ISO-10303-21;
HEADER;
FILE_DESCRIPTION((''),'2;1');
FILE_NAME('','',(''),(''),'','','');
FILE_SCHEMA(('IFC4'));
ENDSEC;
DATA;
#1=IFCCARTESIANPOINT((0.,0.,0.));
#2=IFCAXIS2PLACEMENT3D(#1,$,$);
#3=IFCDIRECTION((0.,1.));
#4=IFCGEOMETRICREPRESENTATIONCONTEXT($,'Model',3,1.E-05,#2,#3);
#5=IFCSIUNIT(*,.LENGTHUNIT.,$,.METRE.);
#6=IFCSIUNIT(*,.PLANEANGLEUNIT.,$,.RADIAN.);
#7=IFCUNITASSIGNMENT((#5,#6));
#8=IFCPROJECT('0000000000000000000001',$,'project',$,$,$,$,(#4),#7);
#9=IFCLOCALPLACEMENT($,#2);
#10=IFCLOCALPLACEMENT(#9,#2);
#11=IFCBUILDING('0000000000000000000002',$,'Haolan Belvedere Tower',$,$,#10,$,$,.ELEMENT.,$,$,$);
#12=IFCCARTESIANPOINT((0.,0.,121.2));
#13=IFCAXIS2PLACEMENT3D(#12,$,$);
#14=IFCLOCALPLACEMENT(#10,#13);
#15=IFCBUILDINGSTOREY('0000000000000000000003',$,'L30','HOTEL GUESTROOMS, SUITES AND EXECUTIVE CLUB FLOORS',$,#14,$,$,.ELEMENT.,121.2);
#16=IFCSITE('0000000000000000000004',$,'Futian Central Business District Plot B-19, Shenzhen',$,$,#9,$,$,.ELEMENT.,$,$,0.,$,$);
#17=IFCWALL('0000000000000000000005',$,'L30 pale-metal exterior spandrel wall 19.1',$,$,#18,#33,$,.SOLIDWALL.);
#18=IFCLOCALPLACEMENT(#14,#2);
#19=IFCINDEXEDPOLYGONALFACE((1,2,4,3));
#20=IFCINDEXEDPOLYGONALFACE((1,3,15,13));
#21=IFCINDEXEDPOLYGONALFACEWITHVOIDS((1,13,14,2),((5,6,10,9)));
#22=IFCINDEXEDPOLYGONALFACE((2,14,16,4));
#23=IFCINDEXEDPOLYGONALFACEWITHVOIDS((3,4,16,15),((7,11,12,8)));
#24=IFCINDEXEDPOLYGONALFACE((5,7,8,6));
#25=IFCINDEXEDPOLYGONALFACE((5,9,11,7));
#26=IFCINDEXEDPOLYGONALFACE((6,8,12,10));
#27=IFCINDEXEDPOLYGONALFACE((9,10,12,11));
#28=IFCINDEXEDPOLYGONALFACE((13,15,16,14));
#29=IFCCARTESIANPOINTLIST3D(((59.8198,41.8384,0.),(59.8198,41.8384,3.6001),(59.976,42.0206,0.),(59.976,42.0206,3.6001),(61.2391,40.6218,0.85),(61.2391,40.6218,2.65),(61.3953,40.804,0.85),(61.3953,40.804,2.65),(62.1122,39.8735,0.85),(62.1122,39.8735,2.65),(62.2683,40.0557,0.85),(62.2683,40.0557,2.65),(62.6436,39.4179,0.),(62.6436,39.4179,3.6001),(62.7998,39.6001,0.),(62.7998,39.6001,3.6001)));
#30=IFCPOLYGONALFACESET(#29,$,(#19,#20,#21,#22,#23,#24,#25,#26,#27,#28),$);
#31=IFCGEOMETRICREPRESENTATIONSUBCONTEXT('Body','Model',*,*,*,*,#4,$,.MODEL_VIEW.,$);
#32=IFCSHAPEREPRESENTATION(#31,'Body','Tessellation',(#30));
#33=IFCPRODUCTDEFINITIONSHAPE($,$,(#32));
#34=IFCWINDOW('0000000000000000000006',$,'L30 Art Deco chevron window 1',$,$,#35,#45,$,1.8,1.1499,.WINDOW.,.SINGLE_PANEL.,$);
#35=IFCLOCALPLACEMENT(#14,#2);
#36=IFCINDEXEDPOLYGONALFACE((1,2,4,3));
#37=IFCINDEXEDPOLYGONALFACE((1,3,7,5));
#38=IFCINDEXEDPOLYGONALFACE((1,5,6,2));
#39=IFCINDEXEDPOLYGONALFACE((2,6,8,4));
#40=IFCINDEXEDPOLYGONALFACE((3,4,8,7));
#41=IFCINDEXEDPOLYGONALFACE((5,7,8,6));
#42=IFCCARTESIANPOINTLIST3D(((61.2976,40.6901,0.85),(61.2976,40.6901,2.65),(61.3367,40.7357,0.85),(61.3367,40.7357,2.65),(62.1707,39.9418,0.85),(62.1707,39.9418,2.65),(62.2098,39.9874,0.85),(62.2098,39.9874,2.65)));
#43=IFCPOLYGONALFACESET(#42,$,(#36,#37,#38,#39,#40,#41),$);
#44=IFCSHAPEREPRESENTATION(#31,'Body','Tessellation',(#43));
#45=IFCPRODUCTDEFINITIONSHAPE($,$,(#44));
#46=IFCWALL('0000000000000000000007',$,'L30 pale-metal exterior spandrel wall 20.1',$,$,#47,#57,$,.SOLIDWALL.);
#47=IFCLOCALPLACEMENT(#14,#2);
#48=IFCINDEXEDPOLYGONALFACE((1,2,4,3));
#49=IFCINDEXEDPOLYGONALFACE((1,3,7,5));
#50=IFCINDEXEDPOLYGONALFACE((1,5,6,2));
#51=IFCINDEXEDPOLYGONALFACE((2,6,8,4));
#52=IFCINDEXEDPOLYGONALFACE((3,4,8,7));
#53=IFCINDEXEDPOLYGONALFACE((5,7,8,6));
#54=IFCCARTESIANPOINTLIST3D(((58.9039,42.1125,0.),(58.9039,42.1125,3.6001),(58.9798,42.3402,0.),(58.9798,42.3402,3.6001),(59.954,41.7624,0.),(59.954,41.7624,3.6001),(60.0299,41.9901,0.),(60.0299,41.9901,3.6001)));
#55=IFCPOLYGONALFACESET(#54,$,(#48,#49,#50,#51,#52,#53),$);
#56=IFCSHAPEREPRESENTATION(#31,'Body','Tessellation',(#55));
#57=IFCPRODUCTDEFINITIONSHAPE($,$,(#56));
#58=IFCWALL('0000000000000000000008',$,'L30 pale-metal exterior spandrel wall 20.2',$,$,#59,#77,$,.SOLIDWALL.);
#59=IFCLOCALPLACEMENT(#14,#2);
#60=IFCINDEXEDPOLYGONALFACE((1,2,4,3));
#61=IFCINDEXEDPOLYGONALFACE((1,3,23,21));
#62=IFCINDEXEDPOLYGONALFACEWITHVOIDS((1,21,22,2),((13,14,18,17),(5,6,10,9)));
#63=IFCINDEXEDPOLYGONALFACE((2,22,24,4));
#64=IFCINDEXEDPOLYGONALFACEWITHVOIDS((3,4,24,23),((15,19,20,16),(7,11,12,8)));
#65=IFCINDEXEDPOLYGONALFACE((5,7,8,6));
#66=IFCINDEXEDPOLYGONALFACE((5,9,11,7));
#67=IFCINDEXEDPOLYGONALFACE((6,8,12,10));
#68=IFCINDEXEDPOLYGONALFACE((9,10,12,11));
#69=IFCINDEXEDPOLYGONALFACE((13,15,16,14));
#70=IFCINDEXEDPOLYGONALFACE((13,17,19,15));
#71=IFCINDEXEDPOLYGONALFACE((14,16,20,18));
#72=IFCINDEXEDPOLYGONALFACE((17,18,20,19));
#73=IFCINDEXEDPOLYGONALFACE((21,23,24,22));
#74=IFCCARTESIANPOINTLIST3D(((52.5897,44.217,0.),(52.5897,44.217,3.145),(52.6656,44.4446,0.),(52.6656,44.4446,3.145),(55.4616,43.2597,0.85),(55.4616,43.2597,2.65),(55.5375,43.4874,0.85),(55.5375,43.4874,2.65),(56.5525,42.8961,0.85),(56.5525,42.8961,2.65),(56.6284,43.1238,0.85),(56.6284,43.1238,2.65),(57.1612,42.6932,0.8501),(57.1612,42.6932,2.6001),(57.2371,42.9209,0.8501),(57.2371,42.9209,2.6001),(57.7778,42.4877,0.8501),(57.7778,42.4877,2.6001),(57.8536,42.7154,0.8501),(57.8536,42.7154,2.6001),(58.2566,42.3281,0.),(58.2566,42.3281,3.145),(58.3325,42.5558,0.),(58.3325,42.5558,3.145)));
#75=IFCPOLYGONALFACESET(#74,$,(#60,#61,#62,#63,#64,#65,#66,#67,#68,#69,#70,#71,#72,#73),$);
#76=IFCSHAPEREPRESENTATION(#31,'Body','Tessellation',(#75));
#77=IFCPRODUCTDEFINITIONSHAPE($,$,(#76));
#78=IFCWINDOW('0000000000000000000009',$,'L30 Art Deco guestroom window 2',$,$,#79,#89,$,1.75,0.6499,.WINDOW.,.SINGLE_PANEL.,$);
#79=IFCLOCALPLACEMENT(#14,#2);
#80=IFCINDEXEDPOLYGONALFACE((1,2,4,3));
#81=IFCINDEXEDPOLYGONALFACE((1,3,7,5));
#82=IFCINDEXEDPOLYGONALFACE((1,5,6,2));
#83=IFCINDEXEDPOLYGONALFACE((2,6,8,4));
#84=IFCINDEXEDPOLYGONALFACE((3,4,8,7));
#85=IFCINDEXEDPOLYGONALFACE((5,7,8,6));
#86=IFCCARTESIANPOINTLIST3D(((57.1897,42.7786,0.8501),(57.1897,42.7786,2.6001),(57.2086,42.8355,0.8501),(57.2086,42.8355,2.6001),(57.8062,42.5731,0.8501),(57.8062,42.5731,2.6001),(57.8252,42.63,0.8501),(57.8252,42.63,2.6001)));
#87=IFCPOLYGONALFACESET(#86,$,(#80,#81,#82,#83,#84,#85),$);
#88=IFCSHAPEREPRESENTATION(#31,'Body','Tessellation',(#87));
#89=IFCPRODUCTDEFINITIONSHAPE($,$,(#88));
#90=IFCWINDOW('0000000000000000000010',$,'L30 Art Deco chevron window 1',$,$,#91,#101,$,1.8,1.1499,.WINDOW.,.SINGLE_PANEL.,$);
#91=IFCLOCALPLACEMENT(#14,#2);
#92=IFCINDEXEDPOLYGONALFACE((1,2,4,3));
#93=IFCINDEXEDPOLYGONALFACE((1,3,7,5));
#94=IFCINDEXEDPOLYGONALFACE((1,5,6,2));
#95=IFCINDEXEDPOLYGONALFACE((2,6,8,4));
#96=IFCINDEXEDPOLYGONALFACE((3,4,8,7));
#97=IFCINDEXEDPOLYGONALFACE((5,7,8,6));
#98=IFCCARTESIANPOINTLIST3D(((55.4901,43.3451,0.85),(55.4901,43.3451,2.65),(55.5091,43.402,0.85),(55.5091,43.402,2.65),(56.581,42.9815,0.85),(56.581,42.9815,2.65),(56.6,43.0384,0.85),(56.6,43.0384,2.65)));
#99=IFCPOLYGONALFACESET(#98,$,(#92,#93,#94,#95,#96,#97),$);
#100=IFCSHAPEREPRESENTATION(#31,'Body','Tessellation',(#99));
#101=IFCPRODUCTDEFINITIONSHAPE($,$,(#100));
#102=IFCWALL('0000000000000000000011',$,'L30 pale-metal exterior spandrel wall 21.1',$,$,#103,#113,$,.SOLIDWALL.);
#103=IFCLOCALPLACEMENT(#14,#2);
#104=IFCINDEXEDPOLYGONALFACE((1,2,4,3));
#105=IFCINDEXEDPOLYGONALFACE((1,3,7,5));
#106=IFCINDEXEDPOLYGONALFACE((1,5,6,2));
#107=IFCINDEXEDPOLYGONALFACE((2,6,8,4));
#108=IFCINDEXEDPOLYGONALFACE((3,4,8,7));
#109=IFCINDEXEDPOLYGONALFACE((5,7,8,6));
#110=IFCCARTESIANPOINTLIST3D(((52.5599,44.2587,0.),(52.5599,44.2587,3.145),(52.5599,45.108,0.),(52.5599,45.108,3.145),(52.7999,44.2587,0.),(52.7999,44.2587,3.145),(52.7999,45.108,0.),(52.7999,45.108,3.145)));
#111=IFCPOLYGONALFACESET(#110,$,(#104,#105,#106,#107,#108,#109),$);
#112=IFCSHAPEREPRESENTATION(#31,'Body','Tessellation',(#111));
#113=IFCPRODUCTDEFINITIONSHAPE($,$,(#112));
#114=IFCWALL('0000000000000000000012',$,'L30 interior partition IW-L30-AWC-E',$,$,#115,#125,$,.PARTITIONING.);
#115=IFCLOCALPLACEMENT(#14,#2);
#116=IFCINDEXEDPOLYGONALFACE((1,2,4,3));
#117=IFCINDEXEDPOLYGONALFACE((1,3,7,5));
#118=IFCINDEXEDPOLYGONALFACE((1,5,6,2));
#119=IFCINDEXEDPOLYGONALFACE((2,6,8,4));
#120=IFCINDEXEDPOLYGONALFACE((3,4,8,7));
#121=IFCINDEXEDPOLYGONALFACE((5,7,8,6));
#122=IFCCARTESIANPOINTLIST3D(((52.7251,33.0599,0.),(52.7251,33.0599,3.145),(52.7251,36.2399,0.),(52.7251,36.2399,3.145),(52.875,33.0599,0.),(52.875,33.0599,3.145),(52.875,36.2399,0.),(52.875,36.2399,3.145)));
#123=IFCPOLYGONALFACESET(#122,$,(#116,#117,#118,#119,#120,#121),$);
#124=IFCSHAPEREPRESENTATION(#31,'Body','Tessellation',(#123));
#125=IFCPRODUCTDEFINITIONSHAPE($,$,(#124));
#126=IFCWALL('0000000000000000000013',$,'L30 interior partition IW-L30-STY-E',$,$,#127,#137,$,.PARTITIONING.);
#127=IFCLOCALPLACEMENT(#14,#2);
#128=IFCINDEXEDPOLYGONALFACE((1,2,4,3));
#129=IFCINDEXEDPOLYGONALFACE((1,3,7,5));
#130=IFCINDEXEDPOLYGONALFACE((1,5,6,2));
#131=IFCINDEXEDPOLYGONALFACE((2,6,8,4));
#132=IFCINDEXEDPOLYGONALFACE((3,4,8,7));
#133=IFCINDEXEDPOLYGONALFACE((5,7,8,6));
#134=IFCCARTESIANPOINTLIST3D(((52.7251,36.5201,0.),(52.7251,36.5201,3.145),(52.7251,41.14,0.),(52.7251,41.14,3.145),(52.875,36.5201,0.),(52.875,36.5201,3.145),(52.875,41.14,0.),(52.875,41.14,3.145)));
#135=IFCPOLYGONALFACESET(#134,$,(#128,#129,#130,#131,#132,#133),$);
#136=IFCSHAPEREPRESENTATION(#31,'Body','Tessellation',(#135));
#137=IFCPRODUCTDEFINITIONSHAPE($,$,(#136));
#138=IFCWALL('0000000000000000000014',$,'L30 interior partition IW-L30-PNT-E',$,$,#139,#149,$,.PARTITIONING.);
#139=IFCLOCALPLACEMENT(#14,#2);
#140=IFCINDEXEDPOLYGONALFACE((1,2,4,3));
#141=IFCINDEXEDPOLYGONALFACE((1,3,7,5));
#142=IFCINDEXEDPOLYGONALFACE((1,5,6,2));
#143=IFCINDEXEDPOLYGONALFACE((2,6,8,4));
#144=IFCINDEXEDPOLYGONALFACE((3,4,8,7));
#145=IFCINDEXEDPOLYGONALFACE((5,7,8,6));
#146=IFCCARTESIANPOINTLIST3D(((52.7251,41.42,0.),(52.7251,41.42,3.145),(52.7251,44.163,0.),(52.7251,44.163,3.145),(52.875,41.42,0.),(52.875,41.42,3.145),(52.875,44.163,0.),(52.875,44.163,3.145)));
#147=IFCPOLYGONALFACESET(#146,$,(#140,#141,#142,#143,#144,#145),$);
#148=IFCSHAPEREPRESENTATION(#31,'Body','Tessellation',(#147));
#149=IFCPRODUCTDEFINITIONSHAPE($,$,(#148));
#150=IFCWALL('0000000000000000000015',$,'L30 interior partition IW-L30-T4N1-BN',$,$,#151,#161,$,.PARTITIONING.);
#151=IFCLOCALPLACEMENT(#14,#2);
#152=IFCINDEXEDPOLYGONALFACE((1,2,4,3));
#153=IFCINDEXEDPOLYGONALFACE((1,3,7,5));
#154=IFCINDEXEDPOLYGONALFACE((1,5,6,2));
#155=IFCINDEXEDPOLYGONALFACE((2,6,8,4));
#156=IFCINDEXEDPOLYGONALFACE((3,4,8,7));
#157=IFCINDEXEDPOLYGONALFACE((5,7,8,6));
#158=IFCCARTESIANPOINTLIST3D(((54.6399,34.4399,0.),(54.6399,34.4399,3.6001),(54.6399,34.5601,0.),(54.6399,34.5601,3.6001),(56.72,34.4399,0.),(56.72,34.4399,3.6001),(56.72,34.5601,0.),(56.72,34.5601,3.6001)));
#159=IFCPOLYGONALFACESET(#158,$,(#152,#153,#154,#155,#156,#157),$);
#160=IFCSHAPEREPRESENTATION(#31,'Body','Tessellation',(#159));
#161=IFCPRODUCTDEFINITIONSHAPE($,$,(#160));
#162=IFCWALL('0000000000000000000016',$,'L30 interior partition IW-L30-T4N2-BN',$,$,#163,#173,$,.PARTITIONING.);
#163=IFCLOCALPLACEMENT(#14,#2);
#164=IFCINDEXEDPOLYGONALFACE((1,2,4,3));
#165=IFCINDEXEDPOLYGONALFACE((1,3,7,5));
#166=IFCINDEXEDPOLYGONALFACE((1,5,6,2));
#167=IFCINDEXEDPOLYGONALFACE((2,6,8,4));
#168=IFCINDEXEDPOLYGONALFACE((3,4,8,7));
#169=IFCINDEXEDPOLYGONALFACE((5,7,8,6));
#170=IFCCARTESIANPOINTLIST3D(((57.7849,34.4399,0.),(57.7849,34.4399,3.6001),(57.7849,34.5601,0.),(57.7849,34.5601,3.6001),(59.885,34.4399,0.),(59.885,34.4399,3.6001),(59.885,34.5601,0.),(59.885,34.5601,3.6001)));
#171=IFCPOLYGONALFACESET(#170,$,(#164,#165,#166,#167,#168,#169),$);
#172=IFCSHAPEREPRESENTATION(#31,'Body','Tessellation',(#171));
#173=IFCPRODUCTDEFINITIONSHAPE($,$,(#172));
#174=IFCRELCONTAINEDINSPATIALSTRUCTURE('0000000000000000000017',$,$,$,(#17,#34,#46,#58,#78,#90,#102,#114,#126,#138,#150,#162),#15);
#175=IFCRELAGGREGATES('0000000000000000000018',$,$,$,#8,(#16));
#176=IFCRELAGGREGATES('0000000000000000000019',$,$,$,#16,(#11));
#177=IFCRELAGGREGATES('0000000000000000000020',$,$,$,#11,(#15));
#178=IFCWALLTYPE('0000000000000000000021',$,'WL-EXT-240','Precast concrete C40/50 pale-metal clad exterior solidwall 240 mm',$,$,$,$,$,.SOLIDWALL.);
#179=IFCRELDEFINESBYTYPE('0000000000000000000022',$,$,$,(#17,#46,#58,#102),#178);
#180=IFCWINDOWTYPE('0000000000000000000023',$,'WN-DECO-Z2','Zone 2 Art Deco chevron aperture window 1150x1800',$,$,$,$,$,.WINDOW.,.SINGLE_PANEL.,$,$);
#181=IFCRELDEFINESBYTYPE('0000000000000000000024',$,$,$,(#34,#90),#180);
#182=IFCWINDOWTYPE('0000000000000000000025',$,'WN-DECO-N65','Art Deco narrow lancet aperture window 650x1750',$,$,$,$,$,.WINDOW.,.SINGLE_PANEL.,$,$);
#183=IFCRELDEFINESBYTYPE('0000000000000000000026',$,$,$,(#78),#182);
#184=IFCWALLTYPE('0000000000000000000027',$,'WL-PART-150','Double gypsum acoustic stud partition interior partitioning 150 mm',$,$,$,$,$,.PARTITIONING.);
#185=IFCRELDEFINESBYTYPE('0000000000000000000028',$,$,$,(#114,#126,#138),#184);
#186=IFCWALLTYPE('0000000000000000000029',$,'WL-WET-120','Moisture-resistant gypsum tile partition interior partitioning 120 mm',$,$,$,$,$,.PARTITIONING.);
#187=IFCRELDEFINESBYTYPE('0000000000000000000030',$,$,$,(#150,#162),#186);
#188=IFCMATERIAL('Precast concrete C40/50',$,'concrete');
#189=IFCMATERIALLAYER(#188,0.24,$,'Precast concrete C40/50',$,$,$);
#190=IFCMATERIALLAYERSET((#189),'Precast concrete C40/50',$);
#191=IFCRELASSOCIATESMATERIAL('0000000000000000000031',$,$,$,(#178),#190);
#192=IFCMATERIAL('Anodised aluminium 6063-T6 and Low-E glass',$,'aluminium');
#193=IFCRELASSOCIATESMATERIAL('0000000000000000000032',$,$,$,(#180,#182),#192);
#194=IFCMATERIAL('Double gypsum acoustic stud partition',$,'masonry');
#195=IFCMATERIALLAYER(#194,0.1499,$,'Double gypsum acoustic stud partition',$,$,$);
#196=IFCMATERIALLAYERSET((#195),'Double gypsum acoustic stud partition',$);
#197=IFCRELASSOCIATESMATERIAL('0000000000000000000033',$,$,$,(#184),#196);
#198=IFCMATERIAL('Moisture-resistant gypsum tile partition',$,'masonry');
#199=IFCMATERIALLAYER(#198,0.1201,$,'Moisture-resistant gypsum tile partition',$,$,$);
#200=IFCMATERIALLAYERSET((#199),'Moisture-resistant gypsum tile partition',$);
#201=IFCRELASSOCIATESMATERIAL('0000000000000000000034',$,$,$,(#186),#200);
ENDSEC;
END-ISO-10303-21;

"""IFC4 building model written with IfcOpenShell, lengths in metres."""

from ifc_helpers import new_model, si_unit, direction, frame, frame_2d, origin, place, context, subcontext, project, spatial, rectangle, extrude, material, layer, layer_set, type_object, element, fill, save


model = new_model("IFC4")

# Units and contexts
model_context = context("Model", 3, precision=1e-05, world=origin(), true_north=direction((0.0, 1.0)))
body_context = subcontext(model_context, "Body", "Model", "MODEL_VIEW")
ifc_project = project(units=[si_unit("LENGTHUNIT", "METRE"), si_unit("PLANEANGLEUNIT", "RADIAN")], contexts=[model_context])

# Site, building, storey
site_placement = place(None, origin())
site = spatial("IfcSite", under=ifc_project, at=site_placement, Name="Futian Central Business District Plot B-19, Shenzhen", CompositionType="ELEMENT", RefElevation=0.0)
building_placement = place(site_placement, origin())
building = spatial("IfcBuilding", under=site, at=building_placement, Name="Haolan Belvedere Tower", CompositionType="ELEMENT")
storey_placement = place(building_placement, frame((0.0, 0.0, 121.2)))
storey = spatial("IfcBuildingStorey", under=building, at=storey_placement, Name="L30", Description="HOTEL GUESTROOMS, SUITES AND EXECUTIVE CLUB FLOORS", CompositionType="ELEMENT", Elevation=121.2)

# Shared definitions
ifc_material_1 = material(Name="Precast concrete C40/50", Category="concrete")
ifc_layer_1 = layer(ifc_material_1, 0.24, Name="Precast concrete C40/50")
ifc_layer_set_1 = layer_set([ifc_layer_1], Name="Precast concrete C40/50")
wall_type_1 = type_object("IfcWallType", Name="WL-EXT-240", Description="Precast concrete C40/50 pale-metal clad exterior solidwall 240 mm", PredefinedType="SOLIDWALL", material=ifc_layer_set_1)

# Wall, opening, window
wall_1_placement = place(storey_placement, frame((62.7217, 39.509, 0.0), z_axis=(0.0, 0.0, 1.0), x_axis=(-0.759247, 0.650802, 0.0)))
wall_1 = element("IfcWall", 1, at=wall_1_placement, inside=storey, type_object=wall_type_1, Name="L30 pale-metal exterior spandrel wall 19.1", PredefinedType="SOLIDWALL", context=body_context, shape_type="SweptSolid", body=[
    extrude(rectangle(XDim=3.7192, YDim=0.24, at=frame_2d((1.8596, 0.0))), origin(), (0.0, 0.0, 1.0), 3.6001),
])
opening_1_placement = place(wall_1_placement, frame((0.7, 0.0, 0.8501)))
opening_1 = element("IfcOpeningElement", 2, at=opening_1_placement, cuts=wall_1, PredefinedType="OPENING", context=body_context, shape_type="SweptSolid", body=[
    extrude(rectangle(XDim=1.1499, YDim=1.8, at=frame_2d((0.575, 0.8999))), frame((0.0, 0.1299, 0.0), z_axis=(0.0, -1.0, 0.0), x_axis=(1.0, 0.0, 0.0)), (0.0, 0.0, 1.0), 0.26),
])
ifc_material_2 = material(Name="Anodised aluminium 6063-T6 and Low-E glass", Category="aluminium")
window_type_1 = type_object("IfcWindowType", Name="WN-DECO-Z2", Description="Zone 2 Art Deco chevron aperture window 1150x1800", PartitioningType="SINGLE_PANEL", PredefinedType="WINDOW", material=ifc_material_2)
window_1_placement = place(opening_1_placement, origin())
window_1 = element("IfcWindow", 3, at=window_1_placement, inside=storey, type_object=window_type_1, Name="L30 Art Deco chevron window 1", OverallHeight=1.8, OverallWidth=1.1499, PartitioningType="SINGLE_PANEL", PredefinedType="WINDOW", context=body_context, shape_type="SweptSolid", body=[
    extrude(rectangle(XDim=1.1499, YDim=1.8, at=frame_2d((0.575, 0.8999))), frame((0.0, 0.03, 0.0), z_axis=(0.0, -1.0, 0.0), x_axis=(1.0, 0.0, 0.0)), (0.0, 0.0, 1.0), 0.0601),
])
fill(opening_1, window_1)

# Wall
wall_2_placement = place(storey_placement, frame((59.9919, 41.8762, 0.0), z_axis=(0.0, 0.0, 1.0), x_axis=(-0.948661, 0.316294, 0.0)))
element("IfcWall", 4, at=wall_2_placement, inside=storey, type_object=wall_type_1, Name="L30 pale-metal exterior spandrel wall 20.1", PredefinedType="SOLIDWALL", context=body_context, shape_type="SweptSolid", body=[
    extrude(rectangle(XDim=1.1069, YDim=0.24, at=frame_2d((0.5535, 0.0))), origin(), (0.0, 0.0, 1.0), 3.6001),
])

# Wall, openings, windows
wall_3_placement = place(storey_placement, frame((58.2947, 42.4419, 0.0), z_axis=(0.0, 0.0, 1.0), x_axis=(-0.948687, 0.316216, 0.0)))
wall_3 = element("IfcWall", 5, at=wall_3_placement, inside=storey, type_object=wall_type_1, Name="L30 pale-metal exterior spandrel wall 20.2", PredefinedType="SOLIDWALL", context=body_context, shape_type="SweptSolid", body=[
    extrude(rectangle(XDim=5.9734, YDim=0.24, at=frame_2d((2.9868, 0.0))), origin(), (0.0, 0.0, 1.0), 3.145),
])
opening_2_placement = place(wall_3_placement, frame((1.7964, 0.0, 0.8501)))
opening_2 = element("IfcOpeningElement", 6, at=opening_2_placement, cuts=wall_3, PredefinedType="OPENING", context=body_context, shape_type="SweptSolid", body=[
    extrude(rectangle(XDim=1.1499, YDim=1.8, at=frame_2d((0.575, 0.8999))), frame((0.0, 0.1299, 0.0), z_axis=(0.0, -1.0, 0.0), x_axis=(1.0, 0.0, 0.0)), (0.0, 0.0, 1.0), 0.26),
])
opening_3_placement = place(wall_3_placement, frame((0.5049, 0.0, 0.8501)))
opening_3 = element("IfcOpeningElement", 7, at=opening_3_placement, cuts=wall_3, PredefinedType="OPENING", context=body_context, shape_type="SweptSolid", body=[
    extrude(rectangle(XDim=0.6499, YDim=1.75, at=frame_2d((0.325, 0.875))), frame((0.0, 0.1299, 0.0), z_axis=(0.0, -1.0, 0.0), x_axis=(1.0, 0.0, 0.0)), (0.0, 0.0, 1.0), 0.26),
])
window_type_2 = type_object("IfcWindowType", Name="WN-DECO-N65", Description="Art Deco narrow lancet aperture window 650x1750", PartitioningType="SINGLE_PANEL", PredefinedType="WINDOW", material=ifc_material_2)
window_2_placement = place(opening_3_placement, origin())
window_2 = element("IfcWindow", 8, at=window_2_placement, inside=storey, type_object=window_type_2, Name="L30 Art Deco guestroom window 2", OverallHeight=1.75, OverallWidth=0.6499, PartitioningType="SINGLE_PANEL", PredefinedType="WINDOW", context=body_context, shape_type="SweptSolid", body=[
    extrude(rectangle(XDim=0.6499, YDim=1.75, at=frame_2d((0.325, 0.875))), frame((0.0, 0.03, 0.0), z_axis=(0.0, -1.0, 0.0), x_axis=(1.0, 0.0, 0.0)), (0.0, 0.0, 1.0), 0.0601),
])
fill(opening_3, window_2)
window_3_placement = place(opening_2_placement, origin())
window_3 = element("IfcWindow", 9, at=window_3_placement, inside=storey, type_object=window_type_1, Name="L30 Art Deco chevron window 1", OverallHeight=1.8, OverallWidth=1.1499, PartitioningType="SINGLE_PANEL", PredefinedType="WINDOW", context=body_context, shape_type="SweptSolid", body=[
    extrude(rectangle(XDim=1.1499, YDim=1.8, at=frame_2d((0.575, 0.8999))), frame((0.0, 0.03, 0.0), z_axis=(0.0, -1.0, 0.0), x_axis=(1.0, 0.0, 0.0)), (0.0, 0.0, 1.0), 0.0601),
])
fill(opening_2, window_3)

# Walls
wall_4_placement = place(storey_placement, frame((52.6799, 44.2585, 0.0), z_axis=(0.0, 0.0, 1.0), x_axis=(0.0, 1.0, 0.0)))
element("IfcWall", 10, at=wall_4_placement, inside=storey, type_object=wall_type_1, Name="L30 pale-metal exterior spandrel wall 21.1", PredefinedType="SOLIDWALL", context=body_context, shape_type="SweptSolid", body=[
    extrude(rectangle(XDim=0.8494, YDim=0.24, at=frame_2d((0.4248, 0.0))), origin(), (0.0, 0.0, 1.0), 3.145),
])
ifc_material_3 = material(Name="Double gypsum acoustic stud partition", Category="masonry")
ifc_layer_2 = layer(ifc_material_3, 0.1499, Name="Double gypsum acoustic stud partition")
ifc_layer_set_2 = layer_set([ifc_layer_2], Name="Double gypsum acoustic stud partition")
wall_type_2 = type_object("IfcWallType", Name="WL-PART-150", Description="Double gypsum acoustic stud partition interior partitioning 150 mm", PredefinedType="PARTITIONING", material=ifc_layer_set_2)
wall_5_placement = place(storey_placement, frame((52.8, 33.0601, 0.0), z_axis=(0.0, 0.0, 1.0), x_axis=(0.0, 1.0, 0.0)))
element("IfcWall", 11, at=wall_5_placement, inside=storey, type_object=wall_type_2, Name="L30 interior partition IW-L30-AWC-E", PredefinedType="PARTITIONING", context=body_context, shape_type="SweptSolid", body=[
    extrude(rectangle(XDim=3.1799, YDim=0.1499, at=frame_2d((1.5898, 0.0))), origin(), (0.0, 0.0, 1.0), 3.145),
])
wall_6_placement = place(storey_placement, frame((52.8, 36.52, 0.0), z_axis=(0.0, 0.0, 1.0), x_axis=(0.0, 1.0, 0.0)))
element("IfcWall", 12, at=wall_6_placement, inside=storey, type_object=wall_type_2, Name="L30 interior partition IW-L30-STY-E", PredefinedType="PARTITIONING", context=body_context, shape_type="SweptSolid", body=[
    extrude(rectangle(XDim=4.6199, YDim=0.1499, at=frame_2d((2.3101, 0.0))), origin(), (0.0, 0.0, 1.0), 3.145),
])
wall_7_placement = place(storey_placement, frame((52.8, 41.4199, 0.0), z_axis=(0.0, 0.0, 1.0), x_axis=(0.0, 1.0, 0.0)))
element("IfcWall", 13, at=wall_7_placement, inside=storey, type_object=wall_type_2, Name="L30 interior partition IW-L30-PNT-E", PredefinedType="PARTITIONING", context=body_context, shape_type="SweptSolid", body=[
    extrude(rectangle(XDim=2.7429, YDim=0.1499, at=frame_2d((1.3716, 0.0))), origin(), (0.0, 0.0, 1.0), 3.145),
])
ifc_material_4 = material(Name="Moisture-resistant gypsum tile partition", Category="masonry")
ifc_layer_3 = layer(ifc_material_4, 0.1201, Name="Moisture-resistant gypsum tile partition")
ifc_layer_set_3 = layer_set([ifc_layer_3], Name="Moisture-resistant gypsum tile partition")
wall_type_3 = type_object("IfcWallType", Name="WL-WET-120", Description="Moisture-resistant gypsum tile partition interior partitioning 120 mm", PredefinedType="PARTITIONING", material=ifc_layer_set_3)
wall_8_placement = place(storey_placement, frame((54.6399, 34.5, 0.0), z_axis=(0.0, 0.0, 1.0), x_axis=(1.0, 0.0, 0.0)))
element("IfcWall", 14, at=wall_8_placement, inside=storey, type_object=wall_type_3, Name="L30 interior partition IW-L30-T4N1-BN", PredefinedType="PARTITIONING", context=body_context, shape_type="SweptSolid", body=[
    extrude(rectangle(XDim=2.0801, YDim=0.1201, at=frame_2d((1.04, 0.0))), origin(), (0.0, 0.0, 1.0), 3.6001),
])
wall_9_placement = place(storey_placement, frame((57.7849, 34.5, 0.0), z_axis=(0.0, 0.0, 1.0), x_axis=(1.0, 0.0, 0.0)))
element("IfcWall", 15, at=wall_9_placement, inside=storey, type_object=wall_type_3, Name="L30 interior partition IW-L30-T4N2-BN", PredefinedType="PARTITIONING", context=body_context, shape_type="SweptSolid", body=[
    extrude(rectangle(XDim=2.1001, YDim=0.1201, at=frame_2d((1.05, 0.0))), origin(), (0.0, 0.0, 1.0), 3.6001),
])

save(model, "model.ifc")
